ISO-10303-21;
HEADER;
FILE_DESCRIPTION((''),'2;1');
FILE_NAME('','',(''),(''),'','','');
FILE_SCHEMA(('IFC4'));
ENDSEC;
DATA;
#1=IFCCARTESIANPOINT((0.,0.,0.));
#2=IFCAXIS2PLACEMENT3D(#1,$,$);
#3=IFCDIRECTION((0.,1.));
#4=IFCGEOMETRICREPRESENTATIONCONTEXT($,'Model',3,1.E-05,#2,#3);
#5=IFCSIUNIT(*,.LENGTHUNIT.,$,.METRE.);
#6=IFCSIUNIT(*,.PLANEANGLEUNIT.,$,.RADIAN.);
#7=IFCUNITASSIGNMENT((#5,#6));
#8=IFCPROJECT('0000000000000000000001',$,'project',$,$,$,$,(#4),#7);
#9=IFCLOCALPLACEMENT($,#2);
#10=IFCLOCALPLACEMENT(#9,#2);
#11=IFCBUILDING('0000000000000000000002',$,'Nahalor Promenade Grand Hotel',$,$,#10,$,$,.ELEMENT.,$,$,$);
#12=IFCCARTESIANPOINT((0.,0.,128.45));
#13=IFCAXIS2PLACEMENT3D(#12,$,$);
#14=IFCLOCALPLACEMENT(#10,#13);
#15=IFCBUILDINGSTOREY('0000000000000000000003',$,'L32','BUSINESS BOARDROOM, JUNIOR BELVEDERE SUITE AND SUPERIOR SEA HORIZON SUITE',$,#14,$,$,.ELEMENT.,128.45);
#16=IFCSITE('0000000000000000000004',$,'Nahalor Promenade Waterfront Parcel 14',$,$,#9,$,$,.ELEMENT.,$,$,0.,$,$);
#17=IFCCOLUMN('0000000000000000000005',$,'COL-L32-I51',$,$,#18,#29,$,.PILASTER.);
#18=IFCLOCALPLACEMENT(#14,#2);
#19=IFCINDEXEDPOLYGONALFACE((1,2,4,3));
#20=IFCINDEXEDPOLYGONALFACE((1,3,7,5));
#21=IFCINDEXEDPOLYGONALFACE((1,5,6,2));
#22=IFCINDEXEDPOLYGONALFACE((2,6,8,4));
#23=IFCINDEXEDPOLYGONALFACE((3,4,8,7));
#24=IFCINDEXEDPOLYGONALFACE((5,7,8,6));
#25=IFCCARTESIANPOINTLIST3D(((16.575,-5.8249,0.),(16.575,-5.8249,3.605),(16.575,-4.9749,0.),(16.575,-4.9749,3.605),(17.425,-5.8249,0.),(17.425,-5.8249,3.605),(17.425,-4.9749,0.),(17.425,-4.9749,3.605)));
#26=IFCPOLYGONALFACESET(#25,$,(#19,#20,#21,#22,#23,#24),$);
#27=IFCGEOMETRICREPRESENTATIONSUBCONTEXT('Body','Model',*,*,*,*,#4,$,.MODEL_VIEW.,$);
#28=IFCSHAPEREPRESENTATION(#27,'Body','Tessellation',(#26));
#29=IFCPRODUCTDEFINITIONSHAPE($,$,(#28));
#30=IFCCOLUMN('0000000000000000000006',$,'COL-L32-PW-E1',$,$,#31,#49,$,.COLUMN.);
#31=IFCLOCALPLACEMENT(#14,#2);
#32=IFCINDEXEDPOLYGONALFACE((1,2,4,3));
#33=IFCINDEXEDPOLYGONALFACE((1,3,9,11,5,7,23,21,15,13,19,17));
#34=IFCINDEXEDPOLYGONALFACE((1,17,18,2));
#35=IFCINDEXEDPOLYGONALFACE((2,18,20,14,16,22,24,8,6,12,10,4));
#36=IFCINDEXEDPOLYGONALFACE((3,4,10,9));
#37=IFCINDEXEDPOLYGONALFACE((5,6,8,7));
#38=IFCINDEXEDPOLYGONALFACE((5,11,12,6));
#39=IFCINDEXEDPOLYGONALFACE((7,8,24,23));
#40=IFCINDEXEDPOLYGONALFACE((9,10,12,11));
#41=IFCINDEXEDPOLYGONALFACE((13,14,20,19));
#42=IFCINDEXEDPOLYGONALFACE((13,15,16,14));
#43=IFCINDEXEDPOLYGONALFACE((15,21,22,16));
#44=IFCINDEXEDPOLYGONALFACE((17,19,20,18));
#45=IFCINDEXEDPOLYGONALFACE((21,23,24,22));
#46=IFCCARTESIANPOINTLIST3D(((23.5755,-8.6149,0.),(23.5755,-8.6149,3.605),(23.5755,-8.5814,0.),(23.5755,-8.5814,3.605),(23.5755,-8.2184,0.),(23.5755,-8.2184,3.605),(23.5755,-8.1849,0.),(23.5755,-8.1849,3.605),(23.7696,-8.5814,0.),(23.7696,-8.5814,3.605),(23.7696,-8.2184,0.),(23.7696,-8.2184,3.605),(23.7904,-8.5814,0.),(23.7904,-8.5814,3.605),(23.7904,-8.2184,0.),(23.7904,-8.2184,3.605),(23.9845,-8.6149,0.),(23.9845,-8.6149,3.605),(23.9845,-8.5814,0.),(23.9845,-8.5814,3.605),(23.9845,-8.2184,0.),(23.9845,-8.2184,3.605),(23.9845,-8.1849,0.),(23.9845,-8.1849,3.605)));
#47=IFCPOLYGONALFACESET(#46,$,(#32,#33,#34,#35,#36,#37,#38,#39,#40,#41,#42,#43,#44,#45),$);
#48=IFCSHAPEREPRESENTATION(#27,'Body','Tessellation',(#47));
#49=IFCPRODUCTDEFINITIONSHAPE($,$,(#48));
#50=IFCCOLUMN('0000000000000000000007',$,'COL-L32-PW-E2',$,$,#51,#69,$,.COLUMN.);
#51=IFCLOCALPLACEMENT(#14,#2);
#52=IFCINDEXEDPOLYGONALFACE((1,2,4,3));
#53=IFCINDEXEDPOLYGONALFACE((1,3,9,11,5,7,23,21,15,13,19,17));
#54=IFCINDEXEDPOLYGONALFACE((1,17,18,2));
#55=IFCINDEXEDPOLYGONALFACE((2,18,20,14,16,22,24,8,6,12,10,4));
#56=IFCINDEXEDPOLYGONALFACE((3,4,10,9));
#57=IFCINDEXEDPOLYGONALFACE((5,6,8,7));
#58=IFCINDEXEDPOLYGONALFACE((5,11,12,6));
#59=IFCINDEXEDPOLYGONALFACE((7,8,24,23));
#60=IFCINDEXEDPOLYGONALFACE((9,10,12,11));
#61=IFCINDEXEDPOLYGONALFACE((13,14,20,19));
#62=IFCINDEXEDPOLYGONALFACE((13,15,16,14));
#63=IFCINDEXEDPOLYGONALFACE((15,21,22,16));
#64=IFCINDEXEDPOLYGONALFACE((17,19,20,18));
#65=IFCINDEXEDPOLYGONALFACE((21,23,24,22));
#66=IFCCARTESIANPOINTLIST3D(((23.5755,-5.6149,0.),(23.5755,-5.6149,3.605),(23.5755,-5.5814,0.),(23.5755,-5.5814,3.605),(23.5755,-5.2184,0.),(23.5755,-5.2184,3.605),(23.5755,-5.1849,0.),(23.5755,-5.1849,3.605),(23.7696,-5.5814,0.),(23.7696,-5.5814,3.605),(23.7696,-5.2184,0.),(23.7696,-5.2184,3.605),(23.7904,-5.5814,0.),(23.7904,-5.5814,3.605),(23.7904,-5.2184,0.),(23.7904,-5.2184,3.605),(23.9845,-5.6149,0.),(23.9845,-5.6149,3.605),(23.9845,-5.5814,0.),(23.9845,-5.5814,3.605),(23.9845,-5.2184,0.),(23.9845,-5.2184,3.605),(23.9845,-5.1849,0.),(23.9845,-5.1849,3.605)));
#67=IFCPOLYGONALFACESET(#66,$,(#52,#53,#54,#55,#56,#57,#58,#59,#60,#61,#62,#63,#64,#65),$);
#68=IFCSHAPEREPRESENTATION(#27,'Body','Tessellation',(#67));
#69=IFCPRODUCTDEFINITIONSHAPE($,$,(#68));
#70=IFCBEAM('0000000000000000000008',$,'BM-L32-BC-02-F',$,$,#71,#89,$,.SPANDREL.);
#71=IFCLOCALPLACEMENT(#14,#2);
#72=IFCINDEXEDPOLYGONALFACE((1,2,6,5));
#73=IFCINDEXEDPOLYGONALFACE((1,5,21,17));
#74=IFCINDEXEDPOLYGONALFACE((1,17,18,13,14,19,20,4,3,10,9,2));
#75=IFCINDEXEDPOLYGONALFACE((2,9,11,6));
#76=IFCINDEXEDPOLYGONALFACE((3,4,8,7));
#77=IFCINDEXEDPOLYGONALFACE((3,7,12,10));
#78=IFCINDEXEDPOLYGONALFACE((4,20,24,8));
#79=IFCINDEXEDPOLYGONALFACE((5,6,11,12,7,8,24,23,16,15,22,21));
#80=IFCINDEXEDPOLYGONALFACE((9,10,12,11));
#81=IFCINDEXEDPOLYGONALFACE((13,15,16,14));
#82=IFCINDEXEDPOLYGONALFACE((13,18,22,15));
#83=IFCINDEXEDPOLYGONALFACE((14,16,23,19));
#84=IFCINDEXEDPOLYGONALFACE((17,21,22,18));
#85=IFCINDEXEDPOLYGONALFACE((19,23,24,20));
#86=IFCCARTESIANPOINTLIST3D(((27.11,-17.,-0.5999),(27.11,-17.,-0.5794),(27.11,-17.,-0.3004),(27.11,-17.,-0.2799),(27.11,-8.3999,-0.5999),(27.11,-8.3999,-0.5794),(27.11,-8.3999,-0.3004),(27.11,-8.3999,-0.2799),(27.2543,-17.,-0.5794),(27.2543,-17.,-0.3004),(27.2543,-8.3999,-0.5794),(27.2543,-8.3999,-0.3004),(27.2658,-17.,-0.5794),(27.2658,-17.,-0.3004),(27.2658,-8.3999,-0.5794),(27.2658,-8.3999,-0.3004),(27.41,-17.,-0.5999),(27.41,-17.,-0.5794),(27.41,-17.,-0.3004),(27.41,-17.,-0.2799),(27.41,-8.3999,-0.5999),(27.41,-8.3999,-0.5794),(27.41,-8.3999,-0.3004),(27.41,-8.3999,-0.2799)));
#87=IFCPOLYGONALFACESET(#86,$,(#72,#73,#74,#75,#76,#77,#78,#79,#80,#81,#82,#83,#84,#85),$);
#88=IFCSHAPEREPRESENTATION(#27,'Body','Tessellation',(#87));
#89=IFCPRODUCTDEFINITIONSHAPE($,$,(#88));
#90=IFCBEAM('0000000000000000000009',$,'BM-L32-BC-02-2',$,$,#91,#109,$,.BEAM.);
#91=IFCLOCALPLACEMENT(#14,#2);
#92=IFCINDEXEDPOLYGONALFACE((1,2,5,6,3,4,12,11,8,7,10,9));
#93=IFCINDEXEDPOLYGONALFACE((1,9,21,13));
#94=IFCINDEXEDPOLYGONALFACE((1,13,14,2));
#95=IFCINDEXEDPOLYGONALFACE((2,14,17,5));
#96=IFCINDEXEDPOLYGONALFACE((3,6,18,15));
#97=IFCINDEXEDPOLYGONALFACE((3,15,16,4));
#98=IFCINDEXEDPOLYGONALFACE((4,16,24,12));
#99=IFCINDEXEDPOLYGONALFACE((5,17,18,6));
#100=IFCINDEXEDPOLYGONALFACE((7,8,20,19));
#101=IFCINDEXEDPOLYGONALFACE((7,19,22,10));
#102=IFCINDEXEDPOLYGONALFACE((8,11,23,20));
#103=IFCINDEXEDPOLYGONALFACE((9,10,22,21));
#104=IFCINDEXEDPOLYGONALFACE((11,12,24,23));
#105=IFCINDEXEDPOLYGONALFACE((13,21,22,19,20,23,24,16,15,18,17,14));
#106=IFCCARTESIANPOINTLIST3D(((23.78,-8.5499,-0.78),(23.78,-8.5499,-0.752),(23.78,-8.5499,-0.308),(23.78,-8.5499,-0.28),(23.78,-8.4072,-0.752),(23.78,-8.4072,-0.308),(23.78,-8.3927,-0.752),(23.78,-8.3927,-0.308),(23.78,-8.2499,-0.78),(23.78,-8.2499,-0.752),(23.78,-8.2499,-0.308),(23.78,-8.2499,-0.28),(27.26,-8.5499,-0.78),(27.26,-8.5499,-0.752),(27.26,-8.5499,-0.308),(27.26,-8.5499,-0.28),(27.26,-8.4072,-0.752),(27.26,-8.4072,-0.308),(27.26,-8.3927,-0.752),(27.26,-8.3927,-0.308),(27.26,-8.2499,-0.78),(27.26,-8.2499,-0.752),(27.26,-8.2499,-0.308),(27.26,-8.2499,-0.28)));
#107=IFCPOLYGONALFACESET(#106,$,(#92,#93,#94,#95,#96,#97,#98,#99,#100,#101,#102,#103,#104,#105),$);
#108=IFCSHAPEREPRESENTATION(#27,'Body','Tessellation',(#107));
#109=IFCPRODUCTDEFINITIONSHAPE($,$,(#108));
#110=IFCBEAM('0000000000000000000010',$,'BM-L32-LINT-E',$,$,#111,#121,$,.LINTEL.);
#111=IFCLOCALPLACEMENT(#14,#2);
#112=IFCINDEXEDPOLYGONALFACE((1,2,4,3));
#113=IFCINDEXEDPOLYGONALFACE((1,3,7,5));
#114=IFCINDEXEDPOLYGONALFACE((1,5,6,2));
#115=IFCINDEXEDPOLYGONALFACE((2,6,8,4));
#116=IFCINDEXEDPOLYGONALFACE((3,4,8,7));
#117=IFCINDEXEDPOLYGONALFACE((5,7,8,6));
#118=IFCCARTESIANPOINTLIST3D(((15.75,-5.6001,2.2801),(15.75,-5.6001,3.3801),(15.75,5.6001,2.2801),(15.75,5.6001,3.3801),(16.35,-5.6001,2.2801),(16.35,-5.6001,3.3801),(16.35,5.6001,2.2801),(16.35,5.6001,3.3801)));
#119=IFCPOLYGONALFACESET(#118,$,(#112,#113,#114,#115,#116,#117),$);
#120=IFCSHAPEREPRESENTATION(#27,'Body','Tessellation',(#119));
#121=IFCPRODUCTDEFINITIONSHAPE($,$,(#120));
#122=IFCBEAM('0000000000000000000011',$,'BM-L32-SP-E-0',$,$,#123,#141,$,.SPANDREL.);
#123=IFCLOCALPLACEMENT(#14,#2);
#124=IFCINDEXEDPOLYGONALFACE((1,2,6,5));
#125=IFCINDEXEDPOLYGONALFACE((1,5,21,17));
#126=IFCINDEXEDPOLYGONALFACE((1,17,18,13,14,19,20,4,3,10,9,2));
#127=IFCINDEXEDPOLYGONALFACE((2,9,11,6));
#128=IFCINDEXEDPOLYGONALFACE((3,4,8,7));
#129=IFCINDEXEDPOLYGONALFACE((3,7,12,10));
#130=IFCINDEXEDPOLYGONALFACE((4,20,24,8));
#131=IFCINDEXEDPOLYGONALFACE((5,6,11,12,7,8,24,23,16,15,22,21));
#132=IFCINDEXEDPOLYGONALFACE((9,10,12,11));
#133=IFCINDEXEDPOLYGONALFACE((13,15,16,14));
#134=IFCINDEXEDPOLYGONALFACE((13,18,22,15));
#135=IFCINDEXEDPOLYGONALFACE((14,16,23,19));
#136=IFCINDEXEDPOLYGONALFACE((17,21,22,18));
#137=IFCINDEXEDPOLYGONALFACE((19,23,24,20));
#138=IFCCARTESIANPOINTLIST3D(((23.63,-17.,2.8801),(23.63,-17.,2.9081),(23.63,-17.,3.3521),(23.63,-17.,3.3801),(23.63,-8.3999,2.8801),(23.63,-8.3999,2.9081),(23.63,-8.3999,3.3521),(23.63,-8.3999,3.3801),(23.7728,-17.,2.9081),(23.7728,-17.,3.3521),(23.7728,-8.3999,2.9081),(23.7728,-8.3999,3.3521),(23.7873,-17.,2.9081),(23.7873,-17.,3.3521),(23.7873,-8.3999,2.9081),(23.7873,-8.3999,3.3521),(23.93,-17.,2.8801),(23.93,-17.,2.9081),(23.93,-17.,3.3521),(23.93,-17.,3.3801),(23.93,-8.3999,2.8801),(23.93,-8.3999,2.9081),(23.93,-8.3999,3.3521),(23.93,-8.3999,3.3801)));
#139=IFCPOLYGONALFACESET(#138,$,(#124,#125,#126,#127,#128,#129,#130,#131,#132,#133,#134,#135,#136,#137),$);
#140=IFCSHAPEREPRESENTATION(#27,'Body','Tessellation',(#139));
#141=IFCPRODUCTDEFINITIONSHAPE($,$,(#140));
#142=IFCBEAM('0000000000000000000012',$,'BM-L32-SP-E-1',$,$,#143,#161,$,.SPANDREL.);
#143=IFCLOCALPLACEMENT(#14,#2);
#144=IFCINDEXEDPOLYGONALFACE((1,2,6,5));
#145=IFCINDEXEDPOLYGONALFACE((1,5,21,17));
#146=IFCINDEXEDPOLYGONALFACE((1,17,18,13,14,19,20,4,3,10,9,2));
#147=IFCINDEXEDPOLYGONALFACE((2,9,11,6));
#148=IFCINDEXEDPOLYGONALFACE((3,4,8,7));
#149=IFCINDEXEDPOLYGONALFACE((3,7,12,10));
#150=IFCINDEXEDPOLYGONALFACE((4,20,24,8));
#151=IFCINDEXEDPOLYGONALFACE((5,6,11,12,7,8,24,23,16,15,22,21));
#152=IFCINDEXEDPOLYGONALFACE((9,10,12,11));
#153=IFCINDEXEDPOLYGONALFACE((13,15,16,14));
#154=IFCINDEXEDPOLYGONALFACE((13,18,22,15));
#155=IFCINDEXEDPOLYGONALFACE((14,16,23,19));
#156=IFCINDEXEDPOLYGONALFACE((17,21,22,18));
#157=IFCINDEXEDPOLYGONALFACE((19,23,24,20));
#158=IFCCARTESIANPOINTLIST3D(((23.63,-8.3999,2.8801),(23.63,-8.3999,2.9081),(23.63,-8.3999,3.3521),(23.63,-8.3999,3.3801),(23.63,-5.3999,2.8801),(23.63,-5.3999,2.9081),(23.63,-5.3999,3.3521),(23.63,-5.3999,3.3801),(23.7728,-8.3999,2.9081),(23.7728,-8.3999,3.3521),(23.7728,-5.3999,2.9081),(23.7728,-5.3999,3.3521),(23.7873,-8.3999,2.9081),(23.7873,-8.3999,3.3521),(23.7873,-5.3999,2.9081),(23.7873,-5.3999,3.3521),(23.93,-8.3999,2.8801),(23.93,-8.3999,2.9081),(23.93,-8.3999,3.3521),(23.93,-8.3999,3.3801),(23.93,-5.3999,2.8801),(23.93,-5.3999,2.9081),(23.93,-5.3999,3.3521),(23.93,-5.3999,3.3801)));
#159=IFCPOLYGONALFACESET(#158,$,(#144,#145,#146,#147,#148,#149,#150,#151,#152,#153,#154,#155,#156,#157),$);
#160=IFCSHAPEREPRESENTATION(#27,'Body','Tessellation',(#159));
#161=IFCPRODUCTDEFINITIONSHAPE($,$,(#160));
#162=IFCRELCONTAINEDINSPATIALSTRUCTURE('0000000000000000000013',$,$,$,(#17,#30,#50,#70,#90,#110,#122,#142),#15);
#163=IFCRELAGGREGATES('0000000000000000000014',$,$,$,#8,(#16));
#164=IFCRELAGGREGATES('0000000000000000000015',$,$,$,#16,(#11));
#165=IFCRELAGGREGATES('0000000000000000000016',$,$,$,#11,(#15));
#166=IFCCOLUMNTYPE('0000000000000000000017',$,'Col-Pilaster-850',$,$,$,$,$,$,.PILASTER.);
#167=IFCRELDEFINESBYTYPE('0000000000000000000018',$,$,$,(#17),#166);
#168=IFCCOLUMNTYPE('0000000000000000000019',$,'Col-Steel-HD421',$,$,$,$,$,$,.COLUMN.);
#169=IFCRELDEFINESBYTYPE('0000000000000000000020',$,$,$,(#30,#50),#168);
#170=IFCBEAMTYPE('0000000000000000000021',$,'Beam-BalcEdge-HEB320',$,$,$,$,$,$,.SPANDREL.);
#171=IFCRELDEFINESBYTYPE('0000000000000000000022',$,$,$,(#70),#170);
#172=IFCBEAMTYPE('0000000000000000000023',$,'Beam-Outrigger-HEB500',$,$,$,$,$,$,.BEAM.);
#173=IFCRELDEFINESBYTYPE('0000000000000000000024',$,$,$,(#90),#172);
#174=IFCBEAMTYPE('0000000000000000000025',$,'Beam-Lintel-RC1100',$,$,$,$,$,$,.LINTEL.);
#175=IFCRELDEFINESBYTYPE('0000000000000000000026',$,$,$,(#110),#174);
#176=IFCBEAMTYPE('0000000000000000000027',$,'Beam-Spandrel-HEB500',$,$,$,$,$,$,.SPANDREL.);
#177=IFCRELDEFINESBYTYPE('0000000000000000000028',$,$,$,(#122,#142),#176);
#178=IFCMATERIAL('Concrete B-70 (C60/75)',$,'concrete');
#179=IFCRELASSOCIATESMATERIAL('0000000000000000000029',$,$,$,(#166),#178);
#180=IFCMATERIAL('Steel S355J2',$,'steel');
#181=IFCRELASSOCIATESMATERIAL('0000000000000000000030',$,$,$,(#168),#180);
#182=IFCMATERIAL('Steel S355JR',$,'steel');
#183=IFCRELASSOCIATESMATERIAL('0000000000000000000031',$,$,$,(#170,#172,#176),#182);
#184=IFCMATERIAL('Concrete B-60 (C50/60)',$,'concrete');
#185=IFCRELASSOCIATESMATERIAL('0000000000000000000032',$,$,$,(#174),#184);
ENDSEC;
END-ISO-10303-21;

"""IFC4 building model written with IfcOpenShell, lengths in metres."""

from ifc_helpers import new_model, si_unit, direction, frame, origin, origin_2d, place, context, subcontext, project, spatial, rectangle, i_section, extrude, source, transform, mapped, material, material_profile, profile_set, type_object, element, save


model = new_model("IFC4")

# Units and contexts
model_context = context("Model", 3, precision=1e-05, world=origin(), true_north=direction((0.0, 1.0)))
body_context = subcontext(model_context, "Body", "Model", "MODEL_VIEW")
ifc_project = project(units=[si_unit("LENGTHUNIT", "METRE"), si_unit("PLANEANGLEUNIT", "RADIAN")], contexts=[model_context])

# Site, building, storey
site_placement = place(None, origin())
site = spatial("IfcSite", under=ifc_project, at=site_placement, Name="Nahalor Promenade Waterfront Parcel 14", CompositionType="ELEMENT", RefElevation=0.0)
building_placement = place(site_placement, origin())
building = spatial("IfcBuilding", under=site, at=building_placement, Name="Nahalor Promenade Grand Hotel", CompositionType="ELEMENT")
storey_placement = place(building_placement, frame((0.0, 0.0, 128.45)))
storey = spatial("IfcBuildingStorey", under=building, at=storey_placement, Name="L32", Description="BUSINESS BOARDROOM, JUNIOR BELVEDERE SUITE AND SUPERIOR SEA HORIZON SUITE", CompositionType="ELEMENT", Elevation=128.45)

# Columns
ifc_material_1 = material(Name="Concrete B-70 (C60/75)", Category="concrete")
ifc_material_profile_1 = material_profile(ifc_material_1, rectangle(XDim=0.85, YDim=0.85, at=origin_2d()), Name="RC 850x850")
ifc_profile_set_1 = profile_set([ifc_material_profile_1], Name="Concrete B-70 (C60/75)")
column_type_1 = type_object("IfcColumnType", Name="Col-Pilaster-850", PredefinedType="PILASTER", material=ifc_profile_set_1)
shared_shape_1 = source(origin(), body_context, "Body", "SweptSolid", [
    extrude(rectangle(XDim=0.85, YDim=0.85, at=origin_2d()), origin(), (0.0, 0.0, 1.0), 3.605),
])
column_placement = place(storey_placement, frame((17.0, -5.3999, 0.0), z_axis=(0.0, 0.0, 1.0), x_axis=(1.0, 0.0, 0.0)))
element("IfcColumn", 1, at=column_placement, inside=storey, type_object=column_type_1, Name="COL-L32-I51", PredefinedType="PILASTER", context=body_context, shape_type="MappedRepresentation", body=[
    mapped(shared_shape_1, transform((0.0, 0.0, 0.0), scale=1.0)),
])
ifc_material_2 = material(Name="Steel S355J2", Category="steel")
ifc_material_profile_2 = material_profile(ifc_material_2, i_section(OverallWidth=0.409, OverallDepth=0.43, WebThickness=0.0208, FlangeThickness=0.0335, at=origin_2d()), Name="HD 400x421")
ifc_profile_set_2 = profile_set([ifc_material_profile_2], Name="Steel S355J2")
column_type_2 = type_object("IfcColumnType", Name="Col-Steel-HD421", PredefinedType="COLUMN", material=ifc_profile_set_2)
shared_shape_2 = source(origin(), body_context, "Body", "SweptSolid", [
    extrude(i_section(OverallWidth=0.409, OverallDepth=0.43, WebThickness=0.0208, FlangeThickness=0.0335, at=origin_2d()), origin(), (0.0, 0.0, 1.0), 3.605),
])
for number, where, z_axis, x_axis, name in (
    (2, (23.78, -8.3999, 0.0), (0.0, 0.0, 1.0), (1.0, 0.0, 0.0), "COL-L32-PW-E1"),
    (3, (23.78, -5.3999, 0.0), (0.0, 0.0, 1.0), (1.0, 0.0, 0.0), "COL-L32-PW-E2"),
):
    element("IfcColumn", number, at=place(storey_placement, frame(where, z_axis=z_axis, x_axis=x_axis)), inside=storey, type_object=column_type_2, Name=name, PredefinedType="COLUMN", context=body_context, shape_type="MappedRepresentation", body=[
        mapped(shared_shape_2, transform((0.0, 0.0, 0.0), scale=1.0)),
    ])

# Beams
ifc_material_3 = material(Name="Steel S355JR", Category="steel")
ifc_material_profile_3 = material_profile(ifc_material_3, i_section(OverallWidth=0.3, OverallDepth=0.32, WebThickness=0.0115, FlangeThickness=0.0205, at=origin_2d()), Name="HEB 320")
ifc_profile_set_3 = profile_set([ifc_material_profile_3], Name="Steel S355JR")
beam_type_1 = type_object("IfcBeamType", Name="Beam-BalcEdge-HEB320", PredefinedType="SPANDREL", material=ifc_profile_set_3)
shared_shape_3 = source(origin(), body_context, "Body", "SweptSolid", [
    extrude(i_section(OverallWidth=0.3, OverallDepth=0.32, WebThickness=0.0115, FlangeThickness=0.0205, at=origin_2d()), origin(), (0.0, 0.0, 1.0), 8.6001),
])
beam_1_placement = place(storey_placement, frame((27.26, -17.0, -0.4399), z_axis=(0.0, 1.0, 0.0), x_axis=(-1.0, 0.0, 0.0)))
element("IfcBeam", 4, at=beam_1_placement, inside=storey, type_object=beam_type_1, Name="BM-L32-BC-02-F", PredefinedType="SPANDREL", context=body_context, shape_type="MappedRepresentation", body=[
    mapped(shared_shape_3, transform((0.0, 0.0, 0.0), scale=1.0)),
])
ifc_material_profile_4 = material_profile(ifc_material_3, i_section(OverallWidth=0.3, OverallDepth=0.5, WebThickness=0.0145, FlangeThickness=0.028, at=origin_2d()), Name="HEB 500")
ifc_profile_set_4 = profile_set([ifc_material_profile_4], Name="Steel S355JR")
beam_type_2 = type_object("IfcBeamType", Name="Beam-Outrigger-HEB500", PredefinedType="BEAM", material=ifc_profile_set_4)
shared_shape_4 = source(origin(), body_context, "Body", "SweptSolid", [
    extrude(i_section(OverallWidth=0.3, OverallDepth=0.5, WebThickness=0.0145, FlangeThickness=0.028, at=origin_2d()), origin(), (0.0, 0.0, 1.0), 3.48),
])
beam_2_placement = place(storey_placement, frame((23.78, -8.3999, -0.53), z_axis=(1.0, 0.0, 0.0), x_axis=(0.0, 1.0, 0.0)))
element("IfcBeam", 5, at=beam_2_placement, inside=storey, type_object=beam_type_2, Name="BM-L32-BC-02-2", PredefinedType="BEAM", context=body_context, shape_type="MappedRepresentation", body=[
    mapped(shared_shape_4, transform((0.0, 0.0, 0.0), scale=1.0)),
])
ifc_material_4 = material(Name="Concrete B-60 (C50/60)", Category="concrete")
ifc_material_profile_5 = material_profile(ifc_material_4, rectangle(XDim=0.6, YDim=1.1, at=origin_2d()), Name="RC 600x1100")
ifc_profile_set_5 = profile_set([ifc_material_profile_5], Name="Concrete B-60 (C50/60)")
beam_type_3 = type_object("IfcBeamType", Name="Beam-Lintel-RC1100", PredefinedType="LINTEL", material=ifc_profile_set_5)
shared_shape_5 = source(origin(), body_context, "Body", "SweptSolid", [
    extrude(rectangle(XDim=0.6, YDim=1.1, at=origin_2d()), origin(), (0.0, 0.0, 1.0), 11.2002),
])
beam_3_placement = place(storey_placement, frame((16.05, -5.6001, 2.8301), z_axis=(0.0, 1.0, 0.0), x_axis=(-1.0, 0.0, 0.0)))
element("IfcBeam", 6, at=beam_3_placement, inside=storey, type_object=beam_type_3, Name="BM-L32-LINT-E", PredefinedType="LINTEL", context=body_context, shape_type="MappedRepresentation", body=[
    mapped(shared_shape_5, transform((0.0, 0.0, 0.0), scale=1.0)),
])
ifc_material_profile_6 = material_profile(ifc_material_3, i_section(OverallWidth=0.3, OverallDepth=0.5, WebThickness=0.0145, FlangeThickness=0.028, at=origin_2d()), Name="HEB 500")
ifc_profile_set_6 = profile_set([ifc_material_profile_6], Name="Steel S355JR")
beam_type_4 = type_object("IfcBeamType", Name="Beam-Spandrel-HEB500", PredefinedType="SPANDREL", material=ifc_profile_set_6)
shared_shape_6 = source(origin(), body_context, "Body", "SweptSolid", [
    extrude(i_section(OverallWidth=0.3, OverallDepth=0.5, WebThickness=0.0145, FlangeThickness=0.028, at=origin_2d()), origin(), (0.0, 0.0, 1.0), 8.6001),
])
beam_4_placement = place(storey_placement, frame((23.78, -17.0, 3.1301), z_axis=(0.0, 1.0, 0.0), x_axis=(-1.0, 0.0, 0.0)))
element("IfcBeam", 7, at=beam_4_placement, inside=storey, type_object=beam_type_4, Name="BM-L32-SP-E-0", PredefinedType="SPANDREL", context=body_context, shape_type="MappedRepresentation", body=[
    mapped(shared_shape_6, transform((0.0, 0.0, 0.0), scale=1.0)),
])
shared_shape_7 = source(origin(), body_context, "Body", "SweptSolid", [
    extrude(i_section(OverallWidth=0.3, OverallDepth=0.5, WebThickness=0.0145, FlangeThickness=0.028, at=origin_2d()), origin(), (0.0, 0.0, 1.0), 3.0),
])
beam_5_placement = place(storey_placement, frame((23.78, -8.3999, 3.1301), z_axis=(0.0, 1.0, 0.0), x_axis=(-1.0, 0.0, 0.0)))
element("IfcBeam", 8, at=beam_5_placement, inside=storey, type_object=beam_type_4, Name="BM-L32-SP-E-1", PredefinedType="SPANDREL", context=body_context, shape_type="MappedRepresentation", body=[
    mapped(shared_shape_7, transform((0.0, 0.0, 0.0), scale=1.0)),
])

save(model, "model.ifc")
